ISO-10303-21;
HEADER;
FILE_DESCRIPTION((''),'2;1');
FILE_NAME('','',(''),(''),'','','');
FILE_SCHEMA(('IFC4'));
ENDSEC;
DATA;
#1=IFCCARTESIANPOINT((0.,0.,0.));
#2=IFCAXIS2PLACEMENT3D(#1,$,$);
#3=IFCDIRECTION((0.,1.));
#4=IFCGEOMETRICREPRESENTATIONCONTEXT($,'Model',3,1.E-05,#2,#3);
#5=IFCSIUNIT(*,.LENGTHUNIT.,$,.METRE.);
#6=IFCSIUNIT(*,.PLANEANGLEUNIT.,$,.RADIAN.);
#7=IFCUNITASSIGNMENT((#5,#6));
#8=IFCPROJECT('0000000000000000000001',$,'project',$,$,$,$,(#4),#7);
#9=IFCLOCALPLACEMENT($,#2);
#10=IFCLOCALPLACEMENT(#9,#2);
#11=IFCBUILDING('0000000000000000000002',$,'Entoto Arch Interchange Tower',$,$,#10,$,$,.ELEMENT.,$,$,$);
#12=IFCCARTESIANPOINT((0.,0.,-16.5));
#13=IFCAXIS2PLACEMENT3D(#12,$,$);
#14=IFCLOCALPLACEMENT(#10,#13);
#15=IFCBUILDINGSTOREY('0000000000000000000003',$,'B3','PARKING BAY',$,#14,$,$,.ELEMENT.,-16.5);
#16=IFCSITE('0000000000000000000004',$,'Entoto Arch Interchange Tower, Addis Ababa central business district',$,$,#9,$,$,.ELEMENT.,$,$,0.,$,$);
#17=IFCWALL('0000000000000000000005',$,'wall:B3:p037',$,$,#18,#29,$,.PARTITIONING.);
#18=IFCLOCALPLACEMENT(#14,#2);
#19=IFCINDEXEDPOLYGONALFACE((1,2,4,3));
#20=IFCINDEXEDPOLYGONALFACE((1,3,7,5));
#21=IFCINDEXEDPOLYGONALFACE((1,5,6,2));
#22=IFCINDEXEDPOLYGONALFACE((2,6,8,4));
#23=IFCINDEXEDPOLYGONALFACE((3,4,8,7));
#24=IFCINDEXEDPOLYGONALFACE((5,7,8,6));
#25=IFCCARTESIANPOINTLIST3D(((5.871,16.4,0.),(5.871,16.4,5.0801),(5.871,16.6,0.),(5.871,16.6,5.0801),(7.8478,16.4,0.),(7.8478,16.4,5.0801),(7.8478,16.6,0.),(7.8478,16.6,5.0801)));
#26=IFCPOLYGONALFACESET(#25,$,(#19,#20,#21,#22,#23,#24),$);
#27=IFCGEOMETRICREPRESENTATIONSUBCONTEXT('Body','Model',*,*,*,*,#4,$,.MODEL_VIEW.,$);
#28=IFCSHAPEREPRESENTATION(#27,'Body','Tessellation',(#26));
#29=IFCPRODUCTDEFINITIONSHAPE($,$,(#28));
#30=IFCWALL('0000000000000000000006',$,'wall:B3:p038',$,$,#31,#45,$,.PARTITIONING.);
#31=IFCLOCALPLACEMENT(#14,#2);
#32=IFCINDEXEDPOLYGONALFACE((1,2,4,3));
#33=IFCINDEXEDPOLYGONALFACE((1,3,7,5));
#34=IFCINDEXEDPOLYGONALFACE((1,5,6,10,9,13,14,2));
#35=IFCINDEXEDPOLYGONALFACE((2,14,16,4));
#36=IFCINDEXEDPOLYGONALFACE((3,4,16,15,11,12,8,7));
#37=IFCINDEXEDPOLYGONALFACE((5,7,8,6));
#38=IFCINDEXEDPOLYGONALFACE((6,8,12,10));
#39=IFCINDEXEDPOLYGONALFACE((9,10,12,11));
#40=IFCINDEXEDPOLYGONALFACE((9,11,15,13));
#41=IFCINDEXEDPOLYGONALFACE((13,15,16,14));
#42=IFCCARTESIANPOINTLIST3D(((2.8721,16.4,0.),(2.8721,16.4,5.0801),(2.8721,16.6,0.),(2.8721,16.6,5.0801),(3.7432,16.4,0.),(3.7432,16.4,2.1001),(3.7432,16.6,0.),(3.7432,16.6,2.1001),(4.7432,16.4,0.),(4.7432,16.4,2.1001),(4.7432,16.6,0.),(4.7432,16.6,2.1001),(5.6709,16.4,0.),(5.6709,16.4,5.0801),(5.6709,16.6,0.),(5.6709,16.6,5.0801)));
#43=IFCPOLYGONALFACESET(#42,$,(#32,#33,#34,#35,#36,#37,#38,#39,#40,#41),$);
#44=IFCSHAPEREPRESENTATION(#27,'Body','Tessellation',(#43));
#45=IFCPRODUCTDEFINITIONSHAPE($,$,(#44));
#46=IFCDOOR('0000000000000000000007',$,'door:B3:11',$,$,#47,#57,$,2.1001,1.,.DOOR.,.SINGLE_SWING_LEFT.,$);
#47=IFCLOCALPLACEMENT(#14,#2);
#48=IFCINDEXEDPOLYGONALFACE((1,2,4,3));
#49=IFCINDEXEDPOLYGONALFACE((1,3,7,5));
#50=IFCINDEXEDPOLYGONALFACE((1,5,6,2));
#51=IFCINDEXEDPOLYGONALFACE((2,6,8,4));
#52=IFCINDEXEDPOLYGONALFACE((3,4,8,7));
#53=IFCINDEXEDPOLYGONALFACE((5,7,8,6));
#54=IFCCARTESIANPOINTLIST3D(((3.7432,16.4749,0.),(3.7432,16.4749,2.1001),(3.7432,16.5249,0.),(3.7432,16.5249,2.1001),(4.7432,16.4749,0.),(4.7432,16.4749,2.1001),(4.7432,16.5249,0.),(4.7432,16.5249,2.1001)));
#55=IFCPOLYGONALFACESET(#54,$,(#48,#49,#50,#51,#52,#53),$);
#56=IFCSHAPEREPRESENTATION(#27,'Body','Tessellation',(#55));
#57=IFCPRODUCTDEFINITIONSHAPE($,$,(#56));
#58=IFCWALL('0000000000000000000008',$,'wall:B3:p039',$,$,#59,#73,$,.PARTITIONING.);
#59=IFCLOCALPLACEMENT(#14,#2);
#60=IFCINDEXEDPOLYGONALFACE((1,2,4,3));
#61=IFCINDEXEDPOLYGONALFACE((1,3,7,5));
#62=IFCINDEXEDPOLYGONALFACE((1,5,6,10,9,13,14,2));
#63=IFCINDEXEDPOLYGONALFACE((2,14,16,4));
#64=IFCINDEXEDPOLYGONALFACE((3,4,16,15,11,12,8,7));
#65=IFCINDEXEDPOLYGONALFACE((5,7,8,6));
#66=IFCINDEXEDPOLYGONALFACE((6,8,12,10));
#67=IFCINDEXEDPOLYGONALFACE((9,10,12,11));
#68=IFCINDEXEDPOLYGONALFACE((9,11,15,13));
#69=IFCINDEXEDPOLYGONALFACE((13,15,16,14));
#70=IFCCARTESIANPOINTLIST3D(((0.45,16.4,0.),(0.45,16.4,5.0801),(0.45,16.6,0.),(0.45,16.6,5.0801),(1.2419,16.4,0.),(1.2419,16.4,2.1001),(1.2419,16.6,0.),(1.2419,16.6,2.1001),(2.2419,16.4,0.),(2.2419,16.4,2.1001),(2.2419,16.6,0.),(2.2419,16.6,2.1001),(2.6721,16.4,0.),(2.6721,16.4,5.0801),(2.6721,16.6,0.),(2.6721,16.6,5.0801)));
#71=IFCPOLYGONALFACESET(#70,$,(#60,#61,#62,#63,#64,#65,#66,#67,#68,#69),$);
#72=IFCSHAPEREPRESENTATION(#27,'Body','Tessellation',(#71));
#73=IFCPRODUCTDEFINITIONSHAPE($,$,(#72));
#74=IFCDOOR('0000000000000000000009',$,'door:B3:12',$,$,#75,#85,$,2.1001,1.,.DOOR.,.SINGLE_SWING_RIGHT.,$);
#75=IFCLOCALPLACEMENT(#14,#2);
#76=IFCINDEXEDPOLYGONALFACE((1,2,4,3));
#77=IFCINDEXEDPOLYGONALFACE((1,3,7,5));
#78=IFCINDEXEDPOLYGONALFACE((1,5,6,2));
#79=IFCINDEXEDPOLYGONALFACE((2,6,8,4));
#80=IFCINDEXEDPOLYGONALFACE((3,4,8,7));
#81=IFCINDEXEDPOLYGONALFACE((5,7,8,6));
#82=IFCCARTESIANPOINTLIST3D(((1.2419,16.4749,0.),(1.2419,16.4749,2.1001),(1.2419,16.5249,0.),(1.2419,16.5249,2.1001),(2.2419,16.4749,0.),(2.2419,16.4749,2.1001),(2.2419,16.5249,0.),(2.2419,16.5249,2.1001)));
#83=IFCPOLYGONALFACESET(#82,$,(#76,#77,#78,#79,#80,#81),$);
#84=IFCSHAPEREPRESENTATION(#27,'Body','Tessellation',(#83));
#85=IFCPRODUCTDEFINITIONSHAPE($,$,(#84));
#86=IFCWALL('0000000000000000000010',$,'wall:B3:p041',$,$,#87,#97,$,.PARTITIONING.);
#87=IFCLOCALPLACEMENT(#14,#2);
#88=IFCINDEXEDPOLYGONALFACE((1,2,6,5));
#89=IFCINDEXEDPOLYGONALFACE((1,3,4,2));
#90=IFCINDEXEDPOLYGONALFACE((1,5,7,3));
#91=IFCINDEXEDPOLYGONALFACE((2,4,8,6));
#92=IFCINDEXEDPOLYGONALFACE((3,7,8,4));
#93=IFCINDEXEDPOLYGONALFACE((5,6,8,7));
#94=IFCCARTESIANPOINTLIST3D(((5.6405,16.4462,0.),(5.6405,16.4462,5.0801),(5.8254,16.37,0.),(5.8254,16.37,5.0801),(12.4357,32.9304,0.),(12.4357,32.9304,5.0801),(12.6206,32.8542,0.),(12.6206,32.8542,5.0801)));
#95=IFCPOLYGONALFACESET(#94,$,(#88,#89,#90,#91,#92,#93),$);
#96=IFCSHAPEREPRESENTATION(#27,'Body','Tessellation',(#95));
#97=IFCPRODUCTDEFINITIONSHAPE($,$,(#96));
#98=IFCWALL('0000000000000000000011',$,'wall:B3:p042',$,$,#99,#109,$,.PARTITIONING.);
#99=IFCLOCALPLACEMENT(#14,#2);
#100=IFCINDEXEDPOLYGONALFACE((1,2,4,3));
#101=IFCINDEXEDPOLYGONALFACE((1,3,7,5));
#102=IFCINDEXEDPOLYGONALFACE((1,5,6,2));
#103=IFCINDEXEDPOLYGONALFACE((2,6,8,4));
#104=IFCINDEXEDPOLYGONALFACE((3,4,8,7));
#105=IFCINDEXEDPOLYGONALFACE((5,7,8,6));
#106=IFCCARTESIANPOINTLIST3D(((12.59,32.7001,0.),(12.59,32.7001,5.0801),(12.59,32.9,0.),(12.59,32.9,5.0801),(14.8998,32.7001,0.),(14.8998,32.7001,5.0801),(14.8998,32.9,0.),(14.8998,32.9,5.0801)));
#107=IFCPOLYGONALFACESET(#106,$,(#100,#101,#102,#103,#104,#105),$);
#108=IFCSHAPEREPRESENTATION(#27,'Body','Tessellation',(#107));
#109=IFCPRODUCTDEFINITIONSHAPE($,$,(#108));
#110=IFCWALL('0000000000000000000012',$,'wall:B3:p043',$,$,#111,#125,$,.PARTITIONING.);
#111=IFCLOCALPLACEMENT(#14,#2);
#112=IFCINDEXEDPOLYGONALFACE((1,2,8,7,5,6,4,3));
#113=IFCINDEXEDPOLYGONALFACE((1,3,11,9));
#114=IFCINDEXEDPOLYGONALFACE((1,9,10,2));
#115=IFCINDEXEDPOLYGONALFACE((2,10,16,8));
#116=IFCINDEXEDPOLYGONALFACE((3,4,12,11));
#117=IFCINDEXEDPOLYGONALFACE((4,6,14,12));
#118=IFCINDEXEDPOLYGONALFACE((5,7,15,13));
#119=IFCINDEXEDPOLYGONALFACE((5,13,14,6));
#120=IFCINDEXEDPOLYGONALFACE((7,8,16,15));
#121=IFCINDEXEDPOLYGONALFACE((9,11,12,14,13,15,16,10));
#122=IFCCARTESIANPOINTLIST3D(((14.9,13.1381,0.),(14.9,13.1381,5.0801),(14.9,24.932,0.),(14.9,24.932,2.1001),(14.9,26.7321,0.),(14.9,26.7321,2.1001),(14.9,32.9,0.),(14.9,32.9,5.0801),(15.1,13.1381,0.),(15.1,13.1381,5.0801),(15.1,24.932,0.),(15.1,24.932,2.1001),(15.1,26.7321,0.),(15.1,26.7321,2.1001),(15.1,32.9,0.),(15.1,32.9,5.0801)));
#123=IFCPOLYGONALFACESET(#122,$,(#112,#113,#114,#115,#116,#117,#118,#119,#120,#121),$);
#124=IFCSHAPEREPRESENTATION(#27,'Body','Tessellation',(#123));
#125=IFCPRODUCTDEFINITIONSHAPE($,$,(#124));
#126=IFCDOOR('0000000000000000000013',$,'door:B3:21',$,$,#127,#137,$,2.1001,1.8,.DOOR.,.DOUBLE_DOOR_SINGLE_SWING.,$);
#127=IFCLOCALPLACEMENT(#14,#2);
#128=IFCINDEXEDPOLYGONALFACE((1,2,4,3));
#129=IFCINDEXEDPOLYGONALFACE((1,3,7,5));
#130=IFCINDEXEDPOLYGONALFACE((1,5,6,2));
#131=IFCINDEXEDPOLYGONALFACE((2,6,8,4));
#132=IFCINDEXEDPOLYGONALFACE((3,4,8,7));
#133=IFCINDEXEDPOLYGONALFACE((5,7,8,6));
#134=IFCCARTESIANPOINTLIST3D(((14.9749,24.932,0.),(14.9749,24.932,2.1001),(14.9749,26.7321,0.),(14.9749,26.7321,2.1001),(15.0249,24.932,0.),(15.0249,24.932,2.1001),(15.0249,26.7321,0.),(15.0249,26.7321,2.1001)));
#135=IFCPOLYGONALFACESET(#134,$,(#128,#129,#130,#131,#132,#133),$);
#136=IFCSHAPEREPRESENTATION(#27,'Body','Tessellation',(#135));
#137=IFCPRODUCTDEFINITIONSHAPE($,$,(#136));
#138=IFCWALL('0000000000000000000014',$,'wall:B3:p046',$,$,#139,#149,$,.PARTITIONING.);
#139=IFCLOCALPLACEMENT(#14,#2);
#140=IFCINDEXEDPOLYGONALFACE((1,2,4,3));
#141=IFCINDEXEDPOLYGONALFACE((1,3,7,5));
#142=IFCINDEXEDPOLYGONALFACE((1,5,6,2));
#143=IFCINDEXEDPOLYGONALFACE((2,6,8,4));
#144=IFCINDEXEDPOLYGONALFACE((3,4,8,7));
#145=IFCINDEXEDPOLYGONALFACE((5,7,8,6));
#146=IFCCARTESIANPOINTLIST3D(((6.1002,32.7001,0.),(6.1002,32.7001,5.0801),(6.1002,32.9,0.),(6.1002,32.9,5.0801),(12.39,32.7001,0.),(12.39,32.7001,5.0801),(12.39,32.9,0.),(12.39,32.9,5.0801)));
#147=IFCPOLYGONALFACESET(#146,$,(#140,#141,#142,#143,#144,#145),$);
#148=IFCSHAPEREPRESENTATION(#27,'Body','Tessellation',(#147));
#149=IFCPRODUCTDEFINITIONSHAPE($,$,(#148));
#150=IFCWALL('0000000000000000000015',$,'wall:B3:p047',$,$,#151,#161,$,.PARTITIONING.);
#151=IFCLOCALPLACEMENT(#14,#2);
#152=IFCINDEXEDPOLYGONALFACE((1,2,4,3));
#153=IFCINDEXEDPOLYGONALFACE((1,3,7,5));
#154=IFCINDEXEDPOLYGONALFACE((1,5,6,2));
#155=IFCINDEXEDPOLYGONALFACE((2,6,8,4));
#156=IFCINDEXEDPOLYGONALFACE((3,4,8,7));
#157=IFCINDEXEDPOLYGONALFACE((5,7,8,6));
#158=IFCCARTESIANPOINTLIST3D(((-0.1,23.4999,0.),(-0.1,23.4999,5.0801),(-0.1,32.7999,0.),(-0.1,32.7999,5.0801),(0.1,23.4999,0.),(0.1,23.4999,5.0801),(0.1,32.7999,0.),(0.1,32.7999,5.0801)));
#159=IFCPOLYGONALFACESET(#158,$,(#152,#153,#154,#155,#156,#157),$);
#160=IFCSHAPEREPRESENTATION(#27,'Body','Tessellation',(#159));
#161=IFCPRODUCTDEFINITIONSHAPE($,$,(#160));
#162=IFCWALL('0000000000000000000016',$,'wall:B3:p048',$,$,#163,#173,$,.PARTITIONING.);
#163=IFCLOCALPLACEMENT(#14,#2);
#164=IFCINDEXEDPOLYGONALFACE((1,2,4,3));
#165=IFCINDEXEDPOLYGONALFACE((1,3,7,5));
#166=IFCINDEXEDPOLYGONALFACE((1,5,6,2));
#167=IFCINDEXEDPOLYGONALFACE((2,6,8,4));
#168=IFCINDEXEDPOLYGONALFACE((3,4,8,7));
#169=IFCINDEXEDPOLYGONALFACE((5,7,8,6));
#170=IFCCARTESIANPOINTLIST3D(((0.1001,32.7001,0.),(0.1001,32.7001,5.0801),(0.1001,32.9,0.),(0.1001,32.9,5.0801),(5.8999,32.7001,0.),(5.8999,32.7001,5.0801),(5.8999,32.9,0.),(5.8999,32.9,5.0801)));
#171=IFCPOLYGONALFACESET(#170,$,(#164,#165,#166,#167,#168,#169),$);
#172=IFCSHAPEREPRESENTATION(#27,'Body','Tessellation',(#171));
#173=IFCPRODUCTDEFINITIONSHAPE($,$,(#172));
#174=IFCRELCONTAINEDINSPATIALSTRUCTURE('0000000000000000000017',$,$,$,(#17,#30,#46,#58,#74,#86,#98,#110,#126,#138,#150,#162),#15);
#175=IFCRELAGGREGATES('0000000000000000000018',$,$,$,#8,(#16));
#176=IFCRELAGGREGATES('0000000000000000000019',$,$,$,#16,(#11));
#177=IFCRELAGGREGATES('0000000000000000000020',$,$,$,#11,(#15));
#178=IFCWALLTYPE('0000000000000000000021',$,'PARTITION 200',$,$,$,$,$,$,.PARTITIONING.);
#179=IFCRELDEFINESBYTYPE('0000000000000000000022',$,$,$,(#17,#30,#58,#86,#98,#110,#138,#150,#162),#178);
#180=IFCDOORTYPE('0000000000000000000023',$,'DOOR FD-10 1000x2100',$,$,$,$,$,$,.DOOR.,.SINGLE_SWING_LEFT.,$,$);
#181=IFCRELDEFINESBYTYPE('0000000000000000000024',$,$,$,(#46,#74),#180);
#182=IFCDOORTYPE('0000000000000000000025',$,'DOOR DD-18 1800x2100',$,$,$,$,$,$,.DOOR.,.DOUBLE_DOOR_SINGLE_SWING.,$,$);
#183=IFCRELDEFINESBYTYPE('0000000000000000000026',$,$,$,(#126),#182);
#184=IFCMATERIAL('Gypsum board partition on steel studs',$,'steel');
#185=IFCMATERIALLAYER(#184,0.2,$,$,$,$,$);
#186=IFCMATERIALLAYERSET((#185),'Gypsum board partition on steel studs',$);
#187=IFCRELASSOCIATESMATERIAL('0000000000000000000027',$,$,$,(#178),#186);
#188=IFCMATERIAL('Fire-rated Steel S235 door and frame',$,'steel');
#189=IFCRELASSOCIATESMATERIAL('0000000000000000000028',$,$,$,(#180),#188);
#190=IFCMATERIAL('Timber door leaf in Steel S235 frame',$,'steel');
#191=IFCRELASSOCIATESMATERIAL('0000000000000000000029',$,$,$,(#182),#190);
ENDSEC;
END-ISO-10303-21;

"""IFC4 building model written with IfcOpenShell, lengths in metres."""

from ifc_helpers import new_model, si_unit, direction, frame, frame_2d, origin, place, context, subcontext, project, spatial, rectangle, extrude, material, layer, layer_set, type_object, element, fill, save


model = new_model("IFC4")

# Units and contexts
model_context = context("Model", 3, precision=1e-05, world=origin(), true_north=direction((0.0, 1.0)))
body_context = subcontext(model_context, "Body", "Model", "MODEL_VIEW")
ifc_project = project(units=[si_unit("LENGTHUNIT", "METRE"), si_unit("PLANEANGLEUNIT", "RADIAN")], contexts=[model_context])

# Site, building, storey
site_placement = place(None, origin())
site = spatial("IfcSite", under=ifc_project, at=site_placement, Name="Entoto Arch Interchange Tower, Addis Ababa central business district", CompositionType="ELEMENT", RefElevation=0.0)
building_placement = place(site_placement, origin())
building = spatial("IfcBuilding", under=site, at=building_placement, Name="Entoto Arch Interchange Tower", CompositionType="ELEMENT")
storey_placement = place(building_placement, frame((0.0, 0.0, -16.5)))
storey = spatial("IfcBuildingStorey", under=building, at=storey_placement, Name="B3", Description="PARKING BAY", CompositionType="ELEMENT", Elevation=-16.5)

# Shared definitions
ifc_material_1 = material(Name="Gypsum board partition on steel studs", Category="steel")
ifc_layer = layer(ifc_material_1, 0.2)
ifc_layer_set = layer_set([ifc_layer], Name="Gypsum board partition on steel studs")
wall_type = type_object("IfcWallType", Name="PARTITION 200", PredefinedType="PARTITIONING", material=ifc_layer_set)
ifc_material_2 = material(Name="Fire-rated Steel S235 door and frame", Category="steel")
door_type_1 = type_object("IfcDoorType", Name="DOOR FD-10 1000x2100", OperationType="SINGLE_SWING_LEFT", PredefinedType="DOOR", material=ifc_material_2)

# Wall
wall_1_placement = place(storey_placement, frame((5.8711, 16.5, 0.0), z_axis=(0.0, 0.0, 1.0), x_axis=(1.0, 0.0, 0.0)))
element("IfcWall", 1, at=wall_1_placement, inside=storey, type_object=wall_type, Name="wall:B3:p037", PredefinedType="PARTITIONING", context=body_context, shape_type="SweptSolid", body=[
    extrude(rectangle(XDim=1.9768, YDim=0.2, at=frame_2d((0.9883, 0.0))), origin(), (0.0, 0.0, 1.0), 5.0801),
])

# Walls, openings, doors
wall_2_placement = place(storey_placement, frame((2.8721, 16.5, 0.0), z_axis=(0.0, 0.0, 1.0), x_axis=(1.0, 0.0, 0.0)))
wall_2 = element("IfcWall", 2, at=wall_2_placement, inside=storey, type_object=wall_type, Name="wall:B3:p038", PredefinedType="PARTITIONING", context=body_context, shape_type="SweptSolid", body=[
    extrude(rectangle(XDim=2.7988, YDim=0.2, at=frame_2d((1.3994, 0.0))), origin(), (0.0, 0.0, 1.0), 5.0801),
])
opening_1_placement = place(wall_2_placement, frame((0.8711, 0.0, 0.0)))
opening_1 = element("IfcOpeningElement", 3, at=opening_1_placement, cuts=wall_2, PredefinedType="OPENING", context=body_context, shape_type="SweptSolid", body=[
    extrude(rectangle(XDim=1.0, YDim=2.1001, at=frame_2d((0.5, 1.05))), frame((0.0, 0.1099, 0.0), z_axis=(0.0, -1.0, 0.0), x_axis=(1.0, 0.0, 0.0)), (0.0, 0.0, 1.0), 0.22),
])
door_1_placement = place(opening_1_placement, origin())
door_1 = element("IfcDoor", 4, at=door_1_placement, inside=storey, type_object=door_type_1, Name="door:B3:11", OperationType="SINGLE_SWING_LEFT", OverallHeight=2.1001, OverallWidth=1.0, PredefinedType="DOOR", context=body_context, shape_type="SweptSolid", body=[
    extrude(rectangle(XDim=1.0, YDim=2.1001, at=frame_2d((0.5, 1.05))), frame((0.0, 0.0249, 0.0), z_axis=(0.0, -1.0, 0.0), x_axis=(1.0, 0.0, 0.0)), (0.0, 0.0, 1.0), 0.05),
])
fill(opening_1, door_1)
wall_3_placement = place(storey_placement, frame((0.45, 16.5, 0.0), z_axis=(0.0, 0.0, 1.0), x_axis=(1.0, 0.0, 0.0)))
wall_3 = element("IfcWall", 5, at=wall_3_placement, inside=storey, type_object=wall_type, Name="wall:B3:p039", PredefinedType="PARTITIONING", context=body_context, shape_type="SweptSolid", body=[
    extrude(rectangle(XDim=2.2222, YDim=0.2, at=frame_2d((1.1111, 0.0))), origin(), (0.0, 0.0, 1.0), 5.0801),
])
opening_2_placement = place(wall_3_placement, frame((0.792, 0.0, 0.0)))
opening_2 = element("IfcOpeningElement", 6, at=opening_2_placement, cuts=wall_3, PredefinedType="OPENING", context=body_context, shape_type="SweptSolid", body=[
    extrude(rectangle(XDim=1.0, YDim=2.1001, at=frame_2d((0.5, 1.05))), frame((0.0, 0.1099, 0.0), z_axis=(0.0, -1.0, 0.0), x_axis=(1.0, 0.0, 0.0)), (0.0, 0.0, 1.0), 0.22),
])
door_2_placement = place(opening_2_placement, origin())
door_2 = element("IfcDoor", 7, at=door_2_placement, inside=storey, type_object=door_type_1, Name="door:B3:12", OperationType="SINGLE_SWING_RIGHT", OverallHeight=2.1001, OverallWidth=1.0, PredefinedType="DOOR", context=body_context, shape_type="SweptSolid", body=[
    extrude(rectangle(XDim=1.0, YDim=2.1001, at=frame_2d((0.5, 1.05))), frame((0.0, 0.0249, 0.0), z_axis=(0.0, -1.0, 0.0), x_axis=(1.0, 0.0, 0.0)), (0.0, 0.0, 1.0), 0.05),
])
fill(opening_2, door_2)

# Walls
wall_4_placement = place(storey_placement, frame((5.7329, 16.408, 0.0), z_axis=(0.0, 0.0, 1.0), x_axis=(0.381113, 0.924528, 0.0)))
element("IfcWall", 8, at=wall_4_placement, inside=storey, type_object=wall_type, Name="wall:B3:p041", PredefinedType="PARTITIONING", context=body_context, shape_type="SweptSolid", body=[
    extrude(rectangle(XDim=17.8298, YDim=0.2, at=frame_2d((8.915, 0.0))), origin(), (0.0, 0.0, 1.0), 5.0801),
])
wall_5_placement = place(storey_placement, frame((12.5901, 32.8, 0.0), z_axis=(0.0, 0.0, 1.0), x_axis=(1.0, 0.0, 0.0)))
element("IfcWall", 9, at=wall_5_placement, inside=storey, type_object=wall_type, Name="wall:B3:p042", PredefinedType="PARTITIONING", context=body_context, shape_type="SweptSolid", body=[
    extrude(rectangle(XDim=2.3098, YDim=0.2, at=frame_2d((1.1548, 0.0))), origin(), (0.0, 0.0, 1.0), 5.0801),
])

# Wall, opening, door
wall_6_placement = place(storey_placement, frame((15.0, 32.8999, 0.0), z_axis=(0.0, 0.0, 1.0), x_axis=(0.0, -1.0, 0.0)))
wall_6 = element("IfcWall", 10, at=wall_6_placement, inside=storey, type_object=wall_type, Name="wall:B3:p043", PredefinedType="PARTITIONING", context=body_context, shape_type="SweptSolid", body=[
    extrude(rectangle(XDim=19.762, YDim=0.2, at=frame_2d((9.8809, 0.0))), origin(), (0.0, 0.0, 1.0), 5.0801),
])
opening_3_placement = place(wall_6_placement, frame((6.168, 0.0, 0.0)))
opening_3 = element("IfcOpeningElement", 11, at=opening_3_placement, cuts=wall_6, PredefinedType="OPENING", context=body_context, shape_type="SweptSolid", body=[
    extrude(rectangle(XDim=1.8, YDim=2.1001, at=frame_2d((0.8999, 1.05))), frame((0.0, 0.1099, 0.0), z_axis=(0.0, -1.0, 0.0), x_axis=(1.0, 0.0, 0.0)), (0.0, 0.0, 1.0), 0.22),
])
ifc_material_3 = material(Name="Timber door leaf in Steel S235 frame", Category="steel")
door_type_2 = type_object("IfcDoorType", Name="DOOR DD-18 1800x2100", OperationType="DOUBLE_DOOR_SINGLE_SWING", PredefinedType="DOOR", material=ifc_material_3)
door_3_placement = place(opening_3_placement, origin())
door_3 = element("IfcDoor", 12, at=door_3_placement, inside=storey, type_object=door_type_2, Name="door:B3:21", OperationType="DOUBLE_DOOR_SINGLE_SWING", OverallHeight=2.1001, OverallWidth=1.8, PredefinedType="DOOR", context=body_context, shape_type="SweptSolid", body=[
    extrude(rectangle(XDim=1.8, YDim=2.1001, at=frame_2d((0.8999, 1.05))), frame((0.0, 0.0249, 0.0), z_axis=(0.0, -1.0, 0.0), x_axis=(1.0, 0.0, 0.0)), (0.0, 0.0, 1.0), 0.05),
])
fill(opening_3, door_3)

# Walls
wall_7_placement = place(storey_placement, frame((6.1001, 32.8, 0.0), z_axis=(0.0, 0.0, 1.0), x_axis=(1.0, 0.0, 0.0)))
element("IfcWall", 13, at=wall_7_placement, inside=storey, type_object=wall_type, Name="wall:B3:p046", PredefinedType="PARTITIONING", context=body_context, shape_type="SweptSolid", body=[
    extrude(rectangle(XDim=6.2898, YDim=0.2, at=frame_2d((3.145, 0.0))), origin(), (0.0, 0.0, 1.0), 5.0801),
])
wall_8_placement = place(storey_placement, frame((0.0, 23.5, 0.0), z_axis=(0.0, 0.0, 1.0), x_axis=(0.0, 1.0, 0.0)))
element("IfcWall", 14, at=wall_8_placement, inside=storey, type_object=wall_type, Name="wall:B3:p047", PredefinedType="PARTITIONING", context=body_context, shape_type="SweptSolid", body=[
    extrude(rectangle(XDim=9.3, YDim=0.2, at=frame_2d((4.6499, 0.0))), origin(), (0.0, 0.0, 1.0), 5.0801),
])
wall_9_placement = place(storey_placement, frame((0.1001, 32.8, 0.0), z_axis=(0.0, 0.0, 1.0), x_axis=(1.0, 0.0, 0.0)))
element("IfcWall", 15, at=wall_9_placement, inside=storey, type_object=wall_type, Name="wall:B3:p048", PredefinedType="PARTITIONING", context=body_context, shape_type="SweptSolid", body=[
    extrude(rectangle(XDim=5.7998, YDim=0.2, at=frame_2d((2.8999, 0.0))), origin(), (0.0, 0.0, 1.0), 5.0801),
])

save(model, "model.ifc")
